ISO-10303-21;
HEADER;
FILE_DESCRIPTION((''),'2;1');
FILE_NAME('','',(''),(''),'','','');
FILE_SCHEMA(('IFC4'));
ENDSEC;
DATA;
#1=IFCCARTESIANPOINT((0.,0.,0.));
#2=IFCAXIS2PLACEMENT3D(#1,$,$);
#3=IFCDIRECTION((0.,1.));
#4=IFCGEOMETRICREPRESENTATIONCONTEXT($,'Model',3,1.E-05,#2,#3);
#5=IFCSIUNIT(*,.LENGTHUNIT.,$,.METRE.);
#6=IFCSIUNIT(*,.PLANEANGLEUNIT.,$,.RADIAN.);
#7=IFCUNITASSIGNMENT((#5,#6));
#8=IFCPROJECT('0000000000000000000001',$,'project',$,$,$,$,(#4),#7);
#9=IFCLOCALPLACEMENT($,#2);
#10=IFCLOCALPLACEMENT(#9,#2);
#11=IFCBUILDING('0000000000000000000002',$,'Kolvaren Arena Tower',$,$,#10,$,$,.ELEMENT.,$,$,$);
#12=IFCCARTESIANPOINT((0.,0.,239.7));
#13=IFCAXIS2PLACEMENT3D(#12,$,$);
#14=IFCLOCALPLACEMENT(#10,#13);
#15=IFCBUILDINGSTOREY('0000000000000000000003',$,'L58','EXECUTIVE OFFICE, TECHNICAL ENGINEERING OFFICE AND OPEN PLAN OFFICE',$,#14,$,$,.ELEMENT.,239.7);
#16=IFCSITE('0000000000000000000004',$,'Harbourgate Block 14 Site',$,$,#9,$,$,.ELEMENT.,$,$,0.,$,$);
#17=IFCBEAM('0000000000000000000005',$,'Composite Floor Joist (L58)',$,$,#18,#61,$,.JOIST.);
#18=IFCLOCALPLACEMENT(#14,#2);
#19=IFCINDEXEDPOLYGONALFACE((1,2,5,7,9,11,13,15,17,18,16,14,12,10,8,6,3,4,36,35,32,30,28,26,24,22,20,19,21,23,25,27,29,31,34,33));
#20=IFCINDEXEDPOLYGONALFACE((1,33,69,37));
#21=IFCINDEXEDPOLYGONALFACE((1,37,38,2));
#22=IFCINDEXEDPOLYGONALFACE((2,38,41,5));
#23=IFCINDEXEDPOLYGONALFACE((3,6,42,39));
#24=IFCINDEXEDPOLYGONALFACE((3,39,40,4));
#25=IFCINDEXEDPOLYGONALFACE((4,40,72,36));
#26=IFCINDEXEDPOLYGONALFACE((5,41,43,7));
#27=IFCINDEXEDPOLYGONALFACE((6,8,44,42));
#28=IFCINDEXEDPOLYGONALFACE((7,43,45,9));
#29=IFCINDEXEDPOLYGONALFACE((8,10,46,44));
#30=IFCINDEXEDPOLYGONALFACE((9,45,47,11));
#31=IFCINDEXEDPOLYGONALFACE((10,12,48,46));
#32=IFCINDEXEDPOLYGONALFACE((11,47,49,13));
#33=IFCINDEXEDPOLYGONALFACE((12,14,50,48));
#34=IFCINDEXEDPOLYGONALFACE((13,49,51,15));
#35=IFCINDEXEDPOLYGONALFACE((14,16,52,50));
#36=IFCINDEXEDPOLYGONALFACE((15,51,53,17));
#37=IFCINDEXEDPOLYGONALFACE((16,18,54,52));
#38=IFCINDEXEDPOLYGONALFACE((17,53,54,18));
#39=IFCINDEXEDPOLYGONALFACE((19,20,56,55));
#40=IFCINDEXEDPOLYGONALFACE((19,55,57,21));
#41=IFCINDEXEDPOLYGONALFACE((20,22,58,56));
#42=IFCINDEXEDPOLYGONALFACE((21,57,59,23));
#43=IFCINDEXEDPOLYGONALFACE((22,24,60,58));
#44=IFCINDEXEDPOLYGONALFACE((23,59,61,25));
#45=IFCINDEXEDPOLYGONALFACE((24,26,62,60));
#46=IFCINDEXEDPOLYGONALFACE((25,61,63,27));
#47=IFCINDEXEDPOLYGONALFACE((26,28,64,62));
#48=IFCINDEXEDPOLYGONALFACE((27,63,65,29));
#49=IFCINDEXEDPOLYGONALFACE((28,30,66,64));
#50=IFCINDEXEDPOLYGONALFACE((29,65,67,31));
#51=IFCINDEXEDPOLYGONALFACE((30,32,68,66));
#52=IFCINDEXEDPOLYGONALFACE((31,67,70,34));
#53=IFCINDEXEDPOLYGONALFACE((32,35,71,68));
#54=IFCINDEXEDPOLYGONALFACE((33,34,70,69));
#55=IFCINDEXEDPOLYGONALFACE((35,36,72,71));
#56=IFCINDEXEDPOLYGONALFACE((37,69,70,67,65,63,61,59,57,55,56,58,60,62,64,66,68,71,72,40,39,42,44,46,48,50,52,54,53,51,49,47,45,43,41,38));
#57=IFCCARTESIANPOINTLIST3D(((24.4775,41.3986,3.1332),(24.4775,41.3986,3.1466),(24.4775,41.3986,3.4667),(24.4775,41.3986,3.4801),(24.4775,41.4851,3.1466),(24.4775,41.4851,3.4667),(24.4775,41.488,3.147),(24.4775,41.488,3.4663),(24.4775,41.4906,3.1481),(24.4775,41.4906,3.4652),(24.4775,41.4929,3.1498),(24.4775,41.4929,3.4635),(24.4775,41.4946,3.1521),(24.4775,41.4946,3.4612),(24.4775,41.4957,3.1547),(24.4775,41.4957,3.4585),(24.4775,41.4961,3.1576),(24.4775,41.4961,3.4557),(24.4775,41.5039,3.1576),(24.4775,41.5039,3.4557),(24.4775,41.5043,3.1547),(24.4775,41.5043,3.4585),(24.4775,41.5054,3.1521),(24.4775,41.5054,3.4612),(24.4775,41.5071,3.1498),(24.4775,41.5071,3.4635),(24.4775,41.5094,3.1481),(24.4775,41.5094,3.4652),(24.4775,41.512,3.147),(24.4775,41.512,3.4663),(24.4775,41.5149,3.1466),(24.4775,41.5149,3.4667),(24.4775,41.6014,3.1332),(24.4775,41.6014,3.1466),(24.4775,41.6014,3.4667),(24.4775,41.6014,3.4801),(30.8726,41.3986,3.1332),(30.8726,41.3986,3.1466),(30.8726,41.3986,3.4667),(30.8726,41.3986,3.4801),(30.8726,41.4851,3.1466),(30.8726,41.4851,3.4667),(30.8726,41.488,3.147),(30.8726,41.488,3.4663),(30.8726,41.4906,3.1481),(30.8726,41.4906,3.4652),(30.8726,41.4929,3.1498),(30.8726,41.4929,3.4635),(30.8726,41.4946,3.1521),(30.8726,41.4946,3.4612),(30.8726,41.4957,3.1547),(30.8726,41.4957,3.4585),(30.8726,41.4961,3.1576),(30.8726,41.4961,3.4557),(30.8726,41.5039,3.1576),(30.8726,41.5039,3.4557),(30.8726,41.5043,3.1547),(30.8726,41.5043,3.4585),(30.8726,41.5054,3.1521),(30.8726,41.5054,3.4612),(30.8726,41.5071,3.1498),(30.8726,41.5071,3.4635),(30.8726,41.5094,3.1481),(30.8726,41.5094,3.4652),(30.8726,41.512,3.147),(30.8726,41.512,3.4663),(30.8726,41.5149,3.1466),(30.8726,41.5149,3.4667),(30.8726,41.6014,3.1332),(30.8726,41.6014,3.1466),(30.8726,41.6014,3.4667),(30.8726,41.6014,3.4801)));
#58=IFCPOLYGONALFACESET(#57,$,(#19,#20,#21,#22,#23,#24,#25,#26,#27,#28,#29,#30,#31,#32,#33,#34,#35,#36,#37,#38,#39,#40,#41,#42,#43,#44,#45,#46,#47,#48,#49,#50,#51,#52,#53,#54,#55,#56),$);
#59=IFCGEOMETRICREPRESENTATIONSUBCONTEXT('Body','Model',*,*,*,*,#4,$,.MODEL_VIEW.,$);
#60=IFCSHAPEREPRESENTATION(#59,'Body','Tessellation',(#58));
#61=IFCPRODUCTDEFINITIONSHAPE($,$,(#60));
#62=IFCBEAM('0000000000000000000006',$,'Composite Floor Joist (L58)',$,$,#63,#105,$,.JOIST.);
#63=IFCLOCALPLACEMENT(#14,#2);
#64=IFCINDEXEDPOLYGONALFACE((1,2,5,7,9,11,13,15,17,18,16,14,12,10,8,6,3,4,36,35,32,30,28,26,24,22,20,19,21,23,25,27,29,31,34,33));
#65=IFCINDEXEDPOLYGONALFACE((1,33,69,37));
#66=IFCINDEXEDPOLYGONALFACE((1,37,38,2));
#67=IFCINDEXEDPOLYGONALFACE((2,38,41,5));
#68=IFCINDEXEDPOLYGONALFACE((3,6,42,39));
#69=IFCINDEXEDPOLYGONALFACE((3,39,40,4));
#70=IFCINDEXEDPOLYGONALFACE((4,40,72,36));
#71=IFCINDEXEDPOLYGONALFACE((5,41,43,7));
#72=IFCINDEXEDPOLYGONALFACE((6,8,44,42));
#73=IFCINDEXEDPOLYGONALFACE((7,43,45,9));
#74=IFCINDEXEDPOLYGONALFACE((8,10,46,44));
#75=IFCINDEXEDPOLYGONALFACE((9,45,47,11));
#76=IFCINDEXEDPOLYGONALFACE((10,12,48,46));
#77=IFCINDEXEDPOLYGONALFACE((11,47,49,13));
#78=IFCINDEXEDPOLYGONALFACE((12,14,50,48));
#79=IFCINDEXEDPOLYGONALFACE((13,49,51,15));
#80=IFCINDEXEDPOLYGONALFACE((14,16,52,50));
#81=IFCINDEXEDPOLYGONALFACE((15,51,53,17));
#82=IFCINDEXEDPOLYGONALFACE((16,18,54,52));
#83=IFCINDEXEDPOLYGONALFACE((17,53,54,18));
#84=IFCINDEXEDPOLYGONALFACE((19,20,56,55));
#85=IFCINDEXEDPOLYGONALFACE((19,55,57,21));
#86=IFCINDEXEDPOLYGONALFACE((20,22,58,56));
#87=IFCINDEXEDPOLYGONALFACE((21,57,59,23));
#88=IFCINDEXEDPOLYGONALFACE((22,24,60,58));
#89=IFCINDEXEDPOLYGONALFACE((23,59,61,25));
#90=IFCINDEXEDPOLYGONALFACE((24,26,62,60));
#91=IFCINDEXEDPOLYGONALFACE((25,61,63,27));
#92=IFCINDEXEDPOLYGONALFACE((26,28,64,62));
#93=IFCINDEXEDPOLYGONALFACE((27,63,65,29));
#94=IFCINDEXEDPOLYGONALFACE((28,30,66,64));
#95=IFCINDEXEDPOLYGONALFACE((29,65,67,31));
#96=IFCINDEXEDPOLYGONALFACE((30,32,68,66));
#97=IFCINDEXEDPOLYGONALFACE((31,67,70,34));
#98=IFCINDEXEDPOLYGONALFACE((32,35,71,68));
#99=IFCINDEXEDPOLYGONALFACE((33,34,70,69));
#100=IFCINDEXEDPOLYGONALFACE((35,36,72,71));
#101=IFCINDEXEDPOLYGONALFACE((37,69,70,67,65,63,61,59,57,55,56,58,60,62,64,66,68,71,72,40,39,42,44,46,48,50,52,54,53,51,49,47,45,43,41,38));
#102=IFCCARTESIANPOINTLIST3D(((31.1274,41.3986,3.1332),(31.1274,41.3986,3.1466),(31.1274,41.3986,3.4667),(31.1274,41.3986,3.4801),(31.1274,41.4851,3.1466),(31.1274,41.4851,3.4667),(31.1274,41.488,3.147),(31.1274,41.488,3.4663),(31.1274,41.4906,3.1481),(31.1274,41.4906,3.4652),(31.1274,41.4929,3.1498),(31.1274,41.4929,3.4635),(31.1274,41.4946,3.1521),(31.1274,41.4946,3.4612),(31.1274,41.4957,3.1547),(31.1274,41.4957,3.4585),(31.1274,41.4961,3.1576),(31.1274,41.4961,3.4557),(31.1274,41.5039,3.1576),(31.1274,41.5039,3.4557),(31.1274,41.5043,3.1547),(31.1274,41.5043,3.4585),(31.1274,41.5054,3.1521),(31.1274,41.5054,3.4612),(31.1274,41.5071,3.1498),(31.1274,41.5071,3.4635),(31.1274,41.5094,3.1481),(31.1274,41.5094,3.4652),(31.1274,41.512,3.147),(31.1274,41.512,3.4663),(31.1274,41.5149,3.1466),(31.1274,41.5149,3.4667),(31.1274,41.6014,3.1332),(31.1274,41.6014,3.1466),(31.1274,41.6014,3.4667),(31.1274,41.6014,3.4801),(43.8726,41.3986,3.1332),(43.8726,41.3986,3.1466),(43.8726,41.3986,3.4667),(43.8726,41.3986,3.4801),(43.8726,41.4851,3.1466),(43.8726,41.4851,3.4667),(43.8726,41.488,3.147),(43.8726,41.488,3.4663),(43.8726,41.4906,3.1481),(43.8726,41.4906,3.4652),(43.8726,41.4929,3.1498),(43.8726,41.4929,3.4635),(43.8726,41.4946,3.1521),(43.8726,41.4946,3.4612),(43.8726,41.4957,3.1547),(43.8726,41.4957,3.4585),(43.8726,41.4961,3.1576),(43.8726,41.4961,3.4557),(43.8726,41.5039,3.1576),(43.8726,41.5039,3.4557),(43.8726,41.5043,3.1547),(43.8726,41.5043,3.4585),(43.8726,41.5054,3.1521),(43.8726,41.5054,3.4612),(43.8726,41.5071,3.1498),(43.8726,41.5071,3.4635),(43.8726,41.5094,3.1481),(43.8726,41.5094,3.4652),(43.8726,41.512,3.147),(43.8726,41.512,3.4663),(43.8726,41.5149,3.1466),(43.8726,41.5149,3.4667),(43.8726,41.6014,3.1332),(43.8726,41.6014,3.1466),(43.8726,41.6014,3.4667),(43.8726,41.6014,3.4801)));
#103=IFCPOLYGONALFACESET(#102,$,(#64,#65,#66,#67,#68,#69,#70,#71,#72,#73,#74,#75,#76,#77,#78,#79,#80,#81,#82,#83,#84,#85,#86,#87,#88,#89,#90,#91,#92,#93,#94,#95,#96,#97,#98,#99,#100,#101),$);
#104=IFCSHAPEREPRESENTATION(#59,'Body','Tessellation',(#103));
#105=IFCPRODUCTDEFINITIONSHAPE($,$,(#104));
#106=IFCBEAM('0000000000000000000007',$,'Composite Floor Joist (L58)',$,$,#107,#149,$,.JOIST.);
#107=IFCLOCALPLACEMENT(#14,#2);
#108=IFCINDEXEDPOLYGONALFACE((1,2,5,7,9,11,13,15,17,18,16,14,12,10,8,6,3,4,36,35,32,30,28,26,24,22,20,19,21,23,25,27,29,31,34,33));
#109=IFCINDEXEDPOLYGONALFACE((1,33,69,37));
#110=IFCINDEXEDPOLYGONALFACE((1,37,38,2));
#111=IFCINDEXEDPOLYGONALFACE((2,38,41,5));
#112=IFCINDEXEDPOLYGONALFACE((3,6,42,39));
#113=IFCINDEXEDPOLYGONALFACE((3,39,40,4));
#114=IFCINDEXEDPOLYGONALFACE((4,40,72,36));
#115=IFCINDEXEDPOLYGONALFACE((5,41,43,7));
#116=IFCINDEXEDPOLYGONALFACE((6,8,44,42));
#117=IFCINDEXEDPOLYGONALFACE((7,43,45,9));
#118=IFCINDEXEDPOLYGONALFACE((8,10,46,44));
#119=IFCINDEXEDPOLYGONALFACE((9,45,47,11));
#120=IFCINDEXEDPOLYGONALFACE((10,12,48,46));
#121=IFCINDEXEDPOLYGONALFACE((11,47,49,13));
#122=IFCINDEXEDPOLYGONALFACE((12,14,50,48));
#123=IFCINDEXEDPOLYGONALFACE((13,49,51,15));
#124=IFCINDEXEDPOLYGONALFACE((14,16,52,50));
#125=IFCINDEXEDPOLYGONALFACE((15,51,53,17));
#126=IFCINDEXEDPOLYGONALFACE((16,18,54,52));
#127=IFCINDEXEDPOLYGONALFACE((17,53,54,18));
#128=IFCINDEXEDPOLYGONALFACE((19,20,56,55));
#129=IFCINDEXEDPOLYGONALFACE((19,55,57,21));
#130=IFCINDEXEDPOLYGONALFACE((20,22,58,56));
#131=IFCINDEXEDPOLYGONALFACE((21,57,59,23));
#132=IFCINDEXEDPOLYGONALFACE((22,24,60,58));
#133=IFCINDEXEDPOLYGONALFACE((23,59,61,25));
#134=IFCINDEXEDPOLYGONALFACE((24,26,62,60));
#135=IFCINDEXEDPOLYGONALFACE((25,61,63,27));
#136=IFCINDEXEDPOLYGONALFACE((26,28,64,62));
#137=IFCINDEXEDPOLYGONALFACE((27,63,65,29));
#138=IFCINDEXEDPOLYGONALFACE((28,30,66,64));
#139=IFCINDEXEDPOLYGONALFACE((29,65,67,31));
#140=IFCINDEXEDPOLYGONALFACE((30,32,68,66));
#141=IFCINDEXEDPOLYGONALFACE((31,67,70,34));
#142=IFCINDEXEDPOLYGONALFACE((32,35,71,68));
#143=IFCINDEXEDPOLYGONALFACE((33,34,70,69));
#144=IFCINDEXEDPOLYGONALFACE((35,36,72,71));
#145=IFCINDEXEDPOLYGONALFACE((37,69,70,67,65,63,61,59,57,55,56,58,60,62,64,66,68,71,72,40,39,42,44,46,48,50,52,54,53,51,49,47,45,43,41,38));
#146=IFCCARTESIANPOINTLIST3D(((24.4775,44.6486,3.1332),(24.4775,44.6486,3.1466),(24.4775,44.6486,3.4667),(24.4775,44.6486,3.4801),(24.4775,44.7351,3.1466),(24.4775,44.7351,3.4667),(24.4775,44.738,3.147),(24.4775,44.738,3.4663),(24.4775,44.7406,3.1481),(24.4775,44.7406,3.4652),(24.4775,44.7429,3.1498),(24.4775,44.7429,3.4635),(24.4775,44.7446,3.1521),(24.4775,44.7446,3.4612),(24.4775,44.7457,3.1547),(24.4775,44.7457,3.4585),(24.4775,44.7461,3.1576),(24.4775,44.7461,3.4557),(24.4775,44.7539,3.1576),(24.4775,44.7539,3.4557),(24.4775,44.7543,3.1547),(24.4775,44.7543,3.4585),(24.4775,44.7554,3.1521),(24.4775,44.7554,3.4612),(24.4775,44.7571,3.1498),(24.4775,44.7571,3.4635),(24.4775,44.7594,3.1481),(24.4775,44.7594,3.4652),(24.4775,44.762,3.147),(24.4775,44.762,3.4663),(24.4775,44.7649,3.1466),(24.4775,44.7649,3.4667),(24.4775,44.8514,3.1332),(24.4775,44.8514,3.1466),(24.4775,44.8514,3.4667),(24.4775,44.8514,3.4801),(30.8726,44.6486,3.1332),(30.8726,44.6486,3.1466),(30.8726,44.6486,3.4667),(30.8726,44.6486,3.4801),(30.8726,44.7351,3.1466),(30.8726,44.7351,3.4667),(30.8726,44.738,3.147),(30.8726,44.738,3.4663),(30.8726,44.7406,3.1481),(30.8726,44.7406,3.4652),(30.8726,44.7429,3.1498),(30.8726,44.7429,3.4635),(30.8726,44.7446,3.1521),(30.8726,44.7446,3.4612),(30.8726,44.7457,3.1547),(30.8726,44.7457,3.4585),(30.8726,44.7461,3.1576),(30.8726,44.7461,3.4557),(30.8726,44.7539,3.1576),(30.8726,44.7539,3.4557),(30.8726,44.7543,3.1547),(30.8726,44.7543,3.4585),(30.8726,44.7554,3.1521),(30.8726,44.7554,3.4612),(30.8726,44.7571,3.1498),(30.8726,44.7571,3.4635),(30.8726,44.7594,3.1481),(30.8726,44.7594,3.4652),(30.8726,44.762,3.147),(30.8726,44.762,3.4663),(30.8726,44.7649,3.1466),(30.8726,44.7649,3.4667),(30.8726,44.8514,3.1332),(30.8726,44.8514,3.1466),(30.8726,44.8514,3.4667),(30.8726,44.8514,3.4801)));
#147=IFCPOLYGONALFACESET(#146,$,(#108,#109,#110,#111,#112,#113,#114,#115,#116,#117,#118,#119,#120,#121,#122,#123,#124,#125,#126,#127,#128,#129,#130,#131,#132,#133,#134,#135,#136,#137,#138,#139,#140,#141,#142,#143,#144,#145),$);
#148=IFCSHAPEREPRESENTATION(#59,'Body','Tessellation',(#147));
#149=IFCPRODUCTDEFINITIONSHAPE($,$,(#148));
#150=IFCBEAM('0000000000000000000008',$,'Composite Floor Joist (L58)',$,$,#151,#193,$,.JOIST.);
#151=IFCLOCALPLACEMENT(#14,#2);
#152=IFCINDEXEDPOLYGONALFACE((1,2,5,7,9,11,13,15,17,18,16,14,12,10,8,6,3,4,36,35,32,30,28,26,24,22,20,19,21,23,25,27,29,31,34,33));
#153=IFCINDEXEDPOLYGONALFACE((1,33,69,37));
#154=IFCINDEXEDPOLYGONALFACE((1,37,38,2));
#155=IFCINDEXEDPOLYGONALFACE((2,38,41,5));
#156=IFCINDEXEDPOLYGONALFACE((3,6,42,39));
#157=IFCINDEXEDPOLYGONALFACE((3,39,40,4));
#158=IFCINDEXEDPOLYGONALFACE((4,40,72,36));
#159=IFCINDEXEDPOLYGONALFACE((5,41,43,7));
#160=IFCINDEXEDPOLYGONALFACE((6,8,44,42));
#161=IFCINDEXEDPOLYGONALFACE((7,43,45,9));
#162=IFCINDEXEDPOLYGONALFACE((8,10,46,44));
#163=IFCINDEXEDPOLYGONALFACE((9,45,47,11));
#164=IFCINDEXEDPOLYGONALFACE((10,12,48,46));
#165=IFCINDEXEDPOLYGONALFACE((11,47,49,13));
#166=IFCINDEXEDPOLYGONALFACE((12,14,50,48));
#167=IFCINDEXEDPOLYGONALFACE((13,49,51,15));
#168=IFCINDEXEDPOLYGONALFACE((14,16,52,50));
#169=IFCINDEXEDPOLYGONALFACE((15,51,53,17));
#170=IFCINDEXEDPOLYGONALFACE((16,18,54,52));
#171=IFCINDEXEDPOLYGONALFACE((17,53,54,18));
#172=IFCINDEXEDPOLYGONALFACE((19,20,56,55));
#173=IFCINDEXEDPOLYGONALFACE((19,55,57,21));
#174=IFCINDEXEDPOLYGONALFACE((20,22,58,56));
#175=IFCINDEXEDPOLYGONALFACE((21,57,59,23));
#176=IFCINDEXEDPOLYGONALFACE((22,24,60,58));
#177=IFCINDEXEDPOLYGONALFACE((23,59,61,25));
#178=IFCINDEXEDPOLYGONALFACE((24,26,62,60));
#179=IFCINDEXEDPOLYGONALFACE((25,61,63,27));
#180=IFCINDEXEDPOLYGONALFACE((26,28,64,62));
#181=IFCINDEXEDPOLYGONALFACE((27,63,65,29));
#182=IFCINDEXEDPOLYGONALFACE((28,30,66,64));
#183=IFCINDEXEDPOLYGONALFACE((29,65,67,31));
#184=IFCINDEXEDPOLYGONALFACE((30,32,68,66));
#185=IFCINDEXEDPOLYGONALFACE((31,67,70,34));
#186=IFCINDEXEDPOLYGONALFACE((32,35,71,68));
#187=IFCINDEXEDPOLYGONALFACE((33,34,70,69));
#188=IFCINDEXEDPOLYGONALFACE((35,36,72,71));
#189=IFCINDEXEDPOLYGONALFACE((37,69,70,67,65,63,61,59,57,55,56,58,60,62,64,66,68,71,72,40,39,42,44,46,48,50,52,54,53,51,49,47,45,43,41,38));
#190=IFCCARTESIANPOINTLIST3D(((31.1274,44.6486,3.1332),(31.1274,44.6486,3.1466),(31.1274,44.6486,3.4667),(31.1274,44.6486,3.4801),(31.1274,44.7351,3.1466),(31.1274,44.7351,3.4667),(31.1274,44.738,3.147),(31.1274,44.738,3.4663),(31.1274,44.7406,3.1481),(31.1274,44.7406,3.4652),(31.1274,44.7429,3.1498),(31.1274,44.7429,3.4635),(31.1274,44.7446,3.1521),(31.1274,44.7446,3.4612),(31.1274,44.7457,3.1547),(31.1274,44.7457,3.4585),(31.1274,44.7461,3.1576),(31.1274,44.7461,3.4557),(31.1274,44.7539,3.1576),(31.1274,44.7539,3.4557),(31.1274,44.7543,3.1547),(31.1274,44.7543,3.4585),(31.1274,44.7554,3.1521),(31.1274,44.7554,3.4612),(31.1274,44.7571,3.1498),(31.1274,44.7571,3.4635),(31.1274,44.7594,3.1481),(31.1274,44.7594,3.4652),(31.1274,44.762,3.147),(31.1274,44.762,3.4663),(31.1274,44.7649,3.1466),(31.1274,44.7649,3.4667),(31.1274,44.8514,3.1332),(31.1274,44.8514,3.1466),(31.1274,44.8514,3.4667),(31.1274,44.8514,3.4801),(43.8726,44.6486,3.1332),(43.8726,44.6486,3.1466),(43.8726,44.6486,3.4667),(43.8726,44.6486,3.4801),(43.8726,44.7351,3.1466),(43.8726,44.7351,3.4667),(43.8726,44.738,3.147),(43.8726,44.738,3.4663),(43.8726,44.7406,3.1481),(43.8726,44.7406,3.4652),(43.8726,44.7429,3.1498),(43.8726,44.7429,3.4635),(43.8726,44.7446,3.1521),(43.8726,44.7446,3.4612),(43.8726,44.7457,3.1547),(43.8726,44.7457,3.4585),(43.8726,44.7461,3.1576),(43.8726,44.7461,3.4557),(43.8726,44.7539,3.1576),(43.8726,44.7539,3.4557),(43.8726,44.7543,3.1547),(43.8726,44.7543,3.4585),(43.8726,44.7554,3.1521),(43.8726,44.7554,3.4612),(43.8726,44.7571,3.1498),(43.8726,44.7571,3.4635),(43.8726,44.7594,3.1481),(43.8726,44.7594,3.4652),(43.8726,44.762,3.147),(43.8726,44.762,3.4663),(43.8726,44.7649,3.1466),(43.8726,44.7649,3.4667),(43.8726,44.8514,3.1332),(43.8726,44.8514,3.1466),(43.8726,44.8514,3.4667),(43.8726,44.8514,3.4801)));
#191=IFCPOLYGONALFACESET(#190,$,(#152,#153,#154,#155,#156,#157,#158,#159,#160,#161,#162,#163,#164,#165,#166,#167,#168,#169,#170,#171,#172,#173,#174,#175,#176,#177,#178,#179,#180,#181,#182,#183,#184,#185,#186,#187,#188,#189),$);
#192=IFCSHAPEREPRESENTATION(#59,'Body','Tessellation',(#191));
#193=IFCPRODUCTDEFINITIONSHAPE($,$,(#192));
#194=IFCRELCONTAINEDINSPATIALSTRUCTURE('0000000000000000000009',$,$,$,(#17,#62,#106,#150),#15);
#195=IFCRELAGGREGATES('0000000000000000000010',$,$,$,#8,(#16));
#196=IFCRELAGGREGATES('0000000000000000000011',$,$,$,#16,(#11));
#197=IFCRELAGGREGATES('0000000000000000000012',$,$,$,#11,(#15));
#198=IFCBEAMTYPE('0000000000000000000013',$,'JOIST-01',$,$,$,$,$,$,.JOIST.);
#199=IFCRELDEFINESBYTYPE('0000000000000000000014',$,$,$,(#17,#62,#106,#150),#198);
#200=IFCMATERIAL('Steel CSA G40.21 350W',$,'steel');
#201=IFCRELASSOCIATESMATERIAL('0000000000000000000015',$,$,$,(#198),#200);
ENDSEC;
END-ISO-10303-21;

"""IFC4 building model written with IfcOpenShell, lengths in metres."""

from ifc_helpers import new_model, si_unit, direction, frame, origin, origin_2d, place, context, subcontext, project, spatial, i_section, extrude, material, material_profile, profile_set, type_object, element, save


model = new_model("IFC4")

# Units and contexts
model_context = context("Model", 3, precision=1e-05, world=origin(), true_north=direction((0.0, 1.0)))
body_context = subcontext(model_context, "Body", "Model", "MODEL_VIEW")
ifc_project = project(units=[si_unit("LENGTHUNIT", "METRE"), si_unit("PLANEANGLEUNIT", "RADIAN")], contexts=[model_context])

# Site, building, storey
site_placement = place(None, origin())
site = spatial("IfcSite", under=ifc_project, at=site_placement, Name="Harbourgate Block 14 Site", CompositionType="ELEMENT", RefElevation=0.0)
building_placement = place(site_placement, origin())
building = spatial("IfcBuilding", under=site, at=building_placement, Name="Kolvaren Arena Tower", CompositionType="ELEMENT")
storey_placement = place(building_placement, frame((0.0, 0.0, 239.7)))
storey = spatial("IfcBuildingStorey", under=building, at=storey_placement, Name="L58", Description="EXECUTIVE OFFICE, TECHNICAL ENGINEERING OFFICE AND OPEN PLAN OFFICE", CompositionType="ELEMENT", Elevation=239.7)

# Beams
ifc_material_1 = material(Name="Steel CSA G40.21 350W", Category="steel")
ifc_material_profile_1 = material_profile(ifc_material_1, i_section(OverallWidth=0.2029, OverallDepth=0.3469, WebThickness=0.0078, FlangeThickness=0.0134, FilletRadius=0.011, at=origin_2d()), Name="W360x64")
ifc_profile_set_1 = profile_set([ifc_material_profile_1], Name="Steel CSA G40.21 350W")
beam_type_1 = type_object("IfcBeamType", Name="JOIST-01", PredefinedType="JOIST", material=ifc_profile_set_1)
beam_1_placement = place(storey_placement, frame((24.4775, 41.5, 3.3066), z_axis=(1.0, 0.0, 0.0), x_axis=(0.0, 1.0, 0.0)))
element("IfcBeam", 1, at=beam_1_placement, inside=storey, type_object=beam_type_1, Name="Composite Floor Joist (L58)", PredefinedType="JOIST", context=body_context, shape_type="SweptSolid", body=[
    extrude(i_section(OverallWidth=0.2029, OverallDepth=0.3469, WebThickness=0.0078, FlangeThickness=0.0134, FilletRadius=0.011, at=origin_2d()), origin(), (0.0, 0.0, 1.0), 6.395),
])
beam_2_placement = place(storey_placement, frame((31.1274, 41.5, 3.3066), z_axis=(1.0, 0.0, 0.0), x_axis=(0.0, 1.0, 0.0)))
element("IfcBeam", 2, at=beam_2_placement, inside=storey, type_object=beam_type_1, Name="Composite Floor Joist (L58)", PredefinedType="JOIST", context=body_context, shape_type="SweptSolid", body=[
    extrude(i_section(OverallWidth=0.2029, OverallDepth=0.3469, WebThickness=0.0078, FlangeThickness=0.0134, FilletRadius=0.011, at=origin_2d()), origin(), (0.0, 0.0, 1.0), 12.7451),
])
beam_3_placement = place(storey_placement, frame((24.4775, 44.75, 3.3066), z_axis=(1.0, 0.0, 0.0), x_axis=(0.0, 1.0, 0.0)))
element("IfcBeam", 3, at=beam_3_placement, inside=storey, type_object=beam_type_1, Name="Composite Floor Joist (L58)", PredefinedType="JOIST", context=body_context, shape_type="SweptSolid", body=[
    extrude(i_section(OverallWidth=0.2029, OverallDepth=0.3469, WebThickness=0.0078, FlangeThickness=0.0134, FilletRadius=0.011, at=origin_2d()), origin(), (0.0, 0.0, 1.0), 6.395),
])
beam_4_placement = place(storey_placement, frame((31.1274, 44.75, 3.3066), z_axis=(1.0, 0.0, 0.0), x_axis=(0.0, 1.0, 0.0)))
element("IfcBeam", 4, at=beam_4_placement, inside=storey, type_object=beam_type_1, Name="Composite Floor Joist (L58)", PredefinedType="JOIST", context=body_context, shape_type="SweptSolid", body=[
    extrude(i_section(OverallWidth=0.2029, OverallDepth=0.3469, WebThickness=0.0078, FlangeThickness=0.0134, FilletRadius=0.011, at=origin_2d()), origin(), (0.0, 0.0, 1.0), 12.7451),
])

save(model, "model.ifc")
